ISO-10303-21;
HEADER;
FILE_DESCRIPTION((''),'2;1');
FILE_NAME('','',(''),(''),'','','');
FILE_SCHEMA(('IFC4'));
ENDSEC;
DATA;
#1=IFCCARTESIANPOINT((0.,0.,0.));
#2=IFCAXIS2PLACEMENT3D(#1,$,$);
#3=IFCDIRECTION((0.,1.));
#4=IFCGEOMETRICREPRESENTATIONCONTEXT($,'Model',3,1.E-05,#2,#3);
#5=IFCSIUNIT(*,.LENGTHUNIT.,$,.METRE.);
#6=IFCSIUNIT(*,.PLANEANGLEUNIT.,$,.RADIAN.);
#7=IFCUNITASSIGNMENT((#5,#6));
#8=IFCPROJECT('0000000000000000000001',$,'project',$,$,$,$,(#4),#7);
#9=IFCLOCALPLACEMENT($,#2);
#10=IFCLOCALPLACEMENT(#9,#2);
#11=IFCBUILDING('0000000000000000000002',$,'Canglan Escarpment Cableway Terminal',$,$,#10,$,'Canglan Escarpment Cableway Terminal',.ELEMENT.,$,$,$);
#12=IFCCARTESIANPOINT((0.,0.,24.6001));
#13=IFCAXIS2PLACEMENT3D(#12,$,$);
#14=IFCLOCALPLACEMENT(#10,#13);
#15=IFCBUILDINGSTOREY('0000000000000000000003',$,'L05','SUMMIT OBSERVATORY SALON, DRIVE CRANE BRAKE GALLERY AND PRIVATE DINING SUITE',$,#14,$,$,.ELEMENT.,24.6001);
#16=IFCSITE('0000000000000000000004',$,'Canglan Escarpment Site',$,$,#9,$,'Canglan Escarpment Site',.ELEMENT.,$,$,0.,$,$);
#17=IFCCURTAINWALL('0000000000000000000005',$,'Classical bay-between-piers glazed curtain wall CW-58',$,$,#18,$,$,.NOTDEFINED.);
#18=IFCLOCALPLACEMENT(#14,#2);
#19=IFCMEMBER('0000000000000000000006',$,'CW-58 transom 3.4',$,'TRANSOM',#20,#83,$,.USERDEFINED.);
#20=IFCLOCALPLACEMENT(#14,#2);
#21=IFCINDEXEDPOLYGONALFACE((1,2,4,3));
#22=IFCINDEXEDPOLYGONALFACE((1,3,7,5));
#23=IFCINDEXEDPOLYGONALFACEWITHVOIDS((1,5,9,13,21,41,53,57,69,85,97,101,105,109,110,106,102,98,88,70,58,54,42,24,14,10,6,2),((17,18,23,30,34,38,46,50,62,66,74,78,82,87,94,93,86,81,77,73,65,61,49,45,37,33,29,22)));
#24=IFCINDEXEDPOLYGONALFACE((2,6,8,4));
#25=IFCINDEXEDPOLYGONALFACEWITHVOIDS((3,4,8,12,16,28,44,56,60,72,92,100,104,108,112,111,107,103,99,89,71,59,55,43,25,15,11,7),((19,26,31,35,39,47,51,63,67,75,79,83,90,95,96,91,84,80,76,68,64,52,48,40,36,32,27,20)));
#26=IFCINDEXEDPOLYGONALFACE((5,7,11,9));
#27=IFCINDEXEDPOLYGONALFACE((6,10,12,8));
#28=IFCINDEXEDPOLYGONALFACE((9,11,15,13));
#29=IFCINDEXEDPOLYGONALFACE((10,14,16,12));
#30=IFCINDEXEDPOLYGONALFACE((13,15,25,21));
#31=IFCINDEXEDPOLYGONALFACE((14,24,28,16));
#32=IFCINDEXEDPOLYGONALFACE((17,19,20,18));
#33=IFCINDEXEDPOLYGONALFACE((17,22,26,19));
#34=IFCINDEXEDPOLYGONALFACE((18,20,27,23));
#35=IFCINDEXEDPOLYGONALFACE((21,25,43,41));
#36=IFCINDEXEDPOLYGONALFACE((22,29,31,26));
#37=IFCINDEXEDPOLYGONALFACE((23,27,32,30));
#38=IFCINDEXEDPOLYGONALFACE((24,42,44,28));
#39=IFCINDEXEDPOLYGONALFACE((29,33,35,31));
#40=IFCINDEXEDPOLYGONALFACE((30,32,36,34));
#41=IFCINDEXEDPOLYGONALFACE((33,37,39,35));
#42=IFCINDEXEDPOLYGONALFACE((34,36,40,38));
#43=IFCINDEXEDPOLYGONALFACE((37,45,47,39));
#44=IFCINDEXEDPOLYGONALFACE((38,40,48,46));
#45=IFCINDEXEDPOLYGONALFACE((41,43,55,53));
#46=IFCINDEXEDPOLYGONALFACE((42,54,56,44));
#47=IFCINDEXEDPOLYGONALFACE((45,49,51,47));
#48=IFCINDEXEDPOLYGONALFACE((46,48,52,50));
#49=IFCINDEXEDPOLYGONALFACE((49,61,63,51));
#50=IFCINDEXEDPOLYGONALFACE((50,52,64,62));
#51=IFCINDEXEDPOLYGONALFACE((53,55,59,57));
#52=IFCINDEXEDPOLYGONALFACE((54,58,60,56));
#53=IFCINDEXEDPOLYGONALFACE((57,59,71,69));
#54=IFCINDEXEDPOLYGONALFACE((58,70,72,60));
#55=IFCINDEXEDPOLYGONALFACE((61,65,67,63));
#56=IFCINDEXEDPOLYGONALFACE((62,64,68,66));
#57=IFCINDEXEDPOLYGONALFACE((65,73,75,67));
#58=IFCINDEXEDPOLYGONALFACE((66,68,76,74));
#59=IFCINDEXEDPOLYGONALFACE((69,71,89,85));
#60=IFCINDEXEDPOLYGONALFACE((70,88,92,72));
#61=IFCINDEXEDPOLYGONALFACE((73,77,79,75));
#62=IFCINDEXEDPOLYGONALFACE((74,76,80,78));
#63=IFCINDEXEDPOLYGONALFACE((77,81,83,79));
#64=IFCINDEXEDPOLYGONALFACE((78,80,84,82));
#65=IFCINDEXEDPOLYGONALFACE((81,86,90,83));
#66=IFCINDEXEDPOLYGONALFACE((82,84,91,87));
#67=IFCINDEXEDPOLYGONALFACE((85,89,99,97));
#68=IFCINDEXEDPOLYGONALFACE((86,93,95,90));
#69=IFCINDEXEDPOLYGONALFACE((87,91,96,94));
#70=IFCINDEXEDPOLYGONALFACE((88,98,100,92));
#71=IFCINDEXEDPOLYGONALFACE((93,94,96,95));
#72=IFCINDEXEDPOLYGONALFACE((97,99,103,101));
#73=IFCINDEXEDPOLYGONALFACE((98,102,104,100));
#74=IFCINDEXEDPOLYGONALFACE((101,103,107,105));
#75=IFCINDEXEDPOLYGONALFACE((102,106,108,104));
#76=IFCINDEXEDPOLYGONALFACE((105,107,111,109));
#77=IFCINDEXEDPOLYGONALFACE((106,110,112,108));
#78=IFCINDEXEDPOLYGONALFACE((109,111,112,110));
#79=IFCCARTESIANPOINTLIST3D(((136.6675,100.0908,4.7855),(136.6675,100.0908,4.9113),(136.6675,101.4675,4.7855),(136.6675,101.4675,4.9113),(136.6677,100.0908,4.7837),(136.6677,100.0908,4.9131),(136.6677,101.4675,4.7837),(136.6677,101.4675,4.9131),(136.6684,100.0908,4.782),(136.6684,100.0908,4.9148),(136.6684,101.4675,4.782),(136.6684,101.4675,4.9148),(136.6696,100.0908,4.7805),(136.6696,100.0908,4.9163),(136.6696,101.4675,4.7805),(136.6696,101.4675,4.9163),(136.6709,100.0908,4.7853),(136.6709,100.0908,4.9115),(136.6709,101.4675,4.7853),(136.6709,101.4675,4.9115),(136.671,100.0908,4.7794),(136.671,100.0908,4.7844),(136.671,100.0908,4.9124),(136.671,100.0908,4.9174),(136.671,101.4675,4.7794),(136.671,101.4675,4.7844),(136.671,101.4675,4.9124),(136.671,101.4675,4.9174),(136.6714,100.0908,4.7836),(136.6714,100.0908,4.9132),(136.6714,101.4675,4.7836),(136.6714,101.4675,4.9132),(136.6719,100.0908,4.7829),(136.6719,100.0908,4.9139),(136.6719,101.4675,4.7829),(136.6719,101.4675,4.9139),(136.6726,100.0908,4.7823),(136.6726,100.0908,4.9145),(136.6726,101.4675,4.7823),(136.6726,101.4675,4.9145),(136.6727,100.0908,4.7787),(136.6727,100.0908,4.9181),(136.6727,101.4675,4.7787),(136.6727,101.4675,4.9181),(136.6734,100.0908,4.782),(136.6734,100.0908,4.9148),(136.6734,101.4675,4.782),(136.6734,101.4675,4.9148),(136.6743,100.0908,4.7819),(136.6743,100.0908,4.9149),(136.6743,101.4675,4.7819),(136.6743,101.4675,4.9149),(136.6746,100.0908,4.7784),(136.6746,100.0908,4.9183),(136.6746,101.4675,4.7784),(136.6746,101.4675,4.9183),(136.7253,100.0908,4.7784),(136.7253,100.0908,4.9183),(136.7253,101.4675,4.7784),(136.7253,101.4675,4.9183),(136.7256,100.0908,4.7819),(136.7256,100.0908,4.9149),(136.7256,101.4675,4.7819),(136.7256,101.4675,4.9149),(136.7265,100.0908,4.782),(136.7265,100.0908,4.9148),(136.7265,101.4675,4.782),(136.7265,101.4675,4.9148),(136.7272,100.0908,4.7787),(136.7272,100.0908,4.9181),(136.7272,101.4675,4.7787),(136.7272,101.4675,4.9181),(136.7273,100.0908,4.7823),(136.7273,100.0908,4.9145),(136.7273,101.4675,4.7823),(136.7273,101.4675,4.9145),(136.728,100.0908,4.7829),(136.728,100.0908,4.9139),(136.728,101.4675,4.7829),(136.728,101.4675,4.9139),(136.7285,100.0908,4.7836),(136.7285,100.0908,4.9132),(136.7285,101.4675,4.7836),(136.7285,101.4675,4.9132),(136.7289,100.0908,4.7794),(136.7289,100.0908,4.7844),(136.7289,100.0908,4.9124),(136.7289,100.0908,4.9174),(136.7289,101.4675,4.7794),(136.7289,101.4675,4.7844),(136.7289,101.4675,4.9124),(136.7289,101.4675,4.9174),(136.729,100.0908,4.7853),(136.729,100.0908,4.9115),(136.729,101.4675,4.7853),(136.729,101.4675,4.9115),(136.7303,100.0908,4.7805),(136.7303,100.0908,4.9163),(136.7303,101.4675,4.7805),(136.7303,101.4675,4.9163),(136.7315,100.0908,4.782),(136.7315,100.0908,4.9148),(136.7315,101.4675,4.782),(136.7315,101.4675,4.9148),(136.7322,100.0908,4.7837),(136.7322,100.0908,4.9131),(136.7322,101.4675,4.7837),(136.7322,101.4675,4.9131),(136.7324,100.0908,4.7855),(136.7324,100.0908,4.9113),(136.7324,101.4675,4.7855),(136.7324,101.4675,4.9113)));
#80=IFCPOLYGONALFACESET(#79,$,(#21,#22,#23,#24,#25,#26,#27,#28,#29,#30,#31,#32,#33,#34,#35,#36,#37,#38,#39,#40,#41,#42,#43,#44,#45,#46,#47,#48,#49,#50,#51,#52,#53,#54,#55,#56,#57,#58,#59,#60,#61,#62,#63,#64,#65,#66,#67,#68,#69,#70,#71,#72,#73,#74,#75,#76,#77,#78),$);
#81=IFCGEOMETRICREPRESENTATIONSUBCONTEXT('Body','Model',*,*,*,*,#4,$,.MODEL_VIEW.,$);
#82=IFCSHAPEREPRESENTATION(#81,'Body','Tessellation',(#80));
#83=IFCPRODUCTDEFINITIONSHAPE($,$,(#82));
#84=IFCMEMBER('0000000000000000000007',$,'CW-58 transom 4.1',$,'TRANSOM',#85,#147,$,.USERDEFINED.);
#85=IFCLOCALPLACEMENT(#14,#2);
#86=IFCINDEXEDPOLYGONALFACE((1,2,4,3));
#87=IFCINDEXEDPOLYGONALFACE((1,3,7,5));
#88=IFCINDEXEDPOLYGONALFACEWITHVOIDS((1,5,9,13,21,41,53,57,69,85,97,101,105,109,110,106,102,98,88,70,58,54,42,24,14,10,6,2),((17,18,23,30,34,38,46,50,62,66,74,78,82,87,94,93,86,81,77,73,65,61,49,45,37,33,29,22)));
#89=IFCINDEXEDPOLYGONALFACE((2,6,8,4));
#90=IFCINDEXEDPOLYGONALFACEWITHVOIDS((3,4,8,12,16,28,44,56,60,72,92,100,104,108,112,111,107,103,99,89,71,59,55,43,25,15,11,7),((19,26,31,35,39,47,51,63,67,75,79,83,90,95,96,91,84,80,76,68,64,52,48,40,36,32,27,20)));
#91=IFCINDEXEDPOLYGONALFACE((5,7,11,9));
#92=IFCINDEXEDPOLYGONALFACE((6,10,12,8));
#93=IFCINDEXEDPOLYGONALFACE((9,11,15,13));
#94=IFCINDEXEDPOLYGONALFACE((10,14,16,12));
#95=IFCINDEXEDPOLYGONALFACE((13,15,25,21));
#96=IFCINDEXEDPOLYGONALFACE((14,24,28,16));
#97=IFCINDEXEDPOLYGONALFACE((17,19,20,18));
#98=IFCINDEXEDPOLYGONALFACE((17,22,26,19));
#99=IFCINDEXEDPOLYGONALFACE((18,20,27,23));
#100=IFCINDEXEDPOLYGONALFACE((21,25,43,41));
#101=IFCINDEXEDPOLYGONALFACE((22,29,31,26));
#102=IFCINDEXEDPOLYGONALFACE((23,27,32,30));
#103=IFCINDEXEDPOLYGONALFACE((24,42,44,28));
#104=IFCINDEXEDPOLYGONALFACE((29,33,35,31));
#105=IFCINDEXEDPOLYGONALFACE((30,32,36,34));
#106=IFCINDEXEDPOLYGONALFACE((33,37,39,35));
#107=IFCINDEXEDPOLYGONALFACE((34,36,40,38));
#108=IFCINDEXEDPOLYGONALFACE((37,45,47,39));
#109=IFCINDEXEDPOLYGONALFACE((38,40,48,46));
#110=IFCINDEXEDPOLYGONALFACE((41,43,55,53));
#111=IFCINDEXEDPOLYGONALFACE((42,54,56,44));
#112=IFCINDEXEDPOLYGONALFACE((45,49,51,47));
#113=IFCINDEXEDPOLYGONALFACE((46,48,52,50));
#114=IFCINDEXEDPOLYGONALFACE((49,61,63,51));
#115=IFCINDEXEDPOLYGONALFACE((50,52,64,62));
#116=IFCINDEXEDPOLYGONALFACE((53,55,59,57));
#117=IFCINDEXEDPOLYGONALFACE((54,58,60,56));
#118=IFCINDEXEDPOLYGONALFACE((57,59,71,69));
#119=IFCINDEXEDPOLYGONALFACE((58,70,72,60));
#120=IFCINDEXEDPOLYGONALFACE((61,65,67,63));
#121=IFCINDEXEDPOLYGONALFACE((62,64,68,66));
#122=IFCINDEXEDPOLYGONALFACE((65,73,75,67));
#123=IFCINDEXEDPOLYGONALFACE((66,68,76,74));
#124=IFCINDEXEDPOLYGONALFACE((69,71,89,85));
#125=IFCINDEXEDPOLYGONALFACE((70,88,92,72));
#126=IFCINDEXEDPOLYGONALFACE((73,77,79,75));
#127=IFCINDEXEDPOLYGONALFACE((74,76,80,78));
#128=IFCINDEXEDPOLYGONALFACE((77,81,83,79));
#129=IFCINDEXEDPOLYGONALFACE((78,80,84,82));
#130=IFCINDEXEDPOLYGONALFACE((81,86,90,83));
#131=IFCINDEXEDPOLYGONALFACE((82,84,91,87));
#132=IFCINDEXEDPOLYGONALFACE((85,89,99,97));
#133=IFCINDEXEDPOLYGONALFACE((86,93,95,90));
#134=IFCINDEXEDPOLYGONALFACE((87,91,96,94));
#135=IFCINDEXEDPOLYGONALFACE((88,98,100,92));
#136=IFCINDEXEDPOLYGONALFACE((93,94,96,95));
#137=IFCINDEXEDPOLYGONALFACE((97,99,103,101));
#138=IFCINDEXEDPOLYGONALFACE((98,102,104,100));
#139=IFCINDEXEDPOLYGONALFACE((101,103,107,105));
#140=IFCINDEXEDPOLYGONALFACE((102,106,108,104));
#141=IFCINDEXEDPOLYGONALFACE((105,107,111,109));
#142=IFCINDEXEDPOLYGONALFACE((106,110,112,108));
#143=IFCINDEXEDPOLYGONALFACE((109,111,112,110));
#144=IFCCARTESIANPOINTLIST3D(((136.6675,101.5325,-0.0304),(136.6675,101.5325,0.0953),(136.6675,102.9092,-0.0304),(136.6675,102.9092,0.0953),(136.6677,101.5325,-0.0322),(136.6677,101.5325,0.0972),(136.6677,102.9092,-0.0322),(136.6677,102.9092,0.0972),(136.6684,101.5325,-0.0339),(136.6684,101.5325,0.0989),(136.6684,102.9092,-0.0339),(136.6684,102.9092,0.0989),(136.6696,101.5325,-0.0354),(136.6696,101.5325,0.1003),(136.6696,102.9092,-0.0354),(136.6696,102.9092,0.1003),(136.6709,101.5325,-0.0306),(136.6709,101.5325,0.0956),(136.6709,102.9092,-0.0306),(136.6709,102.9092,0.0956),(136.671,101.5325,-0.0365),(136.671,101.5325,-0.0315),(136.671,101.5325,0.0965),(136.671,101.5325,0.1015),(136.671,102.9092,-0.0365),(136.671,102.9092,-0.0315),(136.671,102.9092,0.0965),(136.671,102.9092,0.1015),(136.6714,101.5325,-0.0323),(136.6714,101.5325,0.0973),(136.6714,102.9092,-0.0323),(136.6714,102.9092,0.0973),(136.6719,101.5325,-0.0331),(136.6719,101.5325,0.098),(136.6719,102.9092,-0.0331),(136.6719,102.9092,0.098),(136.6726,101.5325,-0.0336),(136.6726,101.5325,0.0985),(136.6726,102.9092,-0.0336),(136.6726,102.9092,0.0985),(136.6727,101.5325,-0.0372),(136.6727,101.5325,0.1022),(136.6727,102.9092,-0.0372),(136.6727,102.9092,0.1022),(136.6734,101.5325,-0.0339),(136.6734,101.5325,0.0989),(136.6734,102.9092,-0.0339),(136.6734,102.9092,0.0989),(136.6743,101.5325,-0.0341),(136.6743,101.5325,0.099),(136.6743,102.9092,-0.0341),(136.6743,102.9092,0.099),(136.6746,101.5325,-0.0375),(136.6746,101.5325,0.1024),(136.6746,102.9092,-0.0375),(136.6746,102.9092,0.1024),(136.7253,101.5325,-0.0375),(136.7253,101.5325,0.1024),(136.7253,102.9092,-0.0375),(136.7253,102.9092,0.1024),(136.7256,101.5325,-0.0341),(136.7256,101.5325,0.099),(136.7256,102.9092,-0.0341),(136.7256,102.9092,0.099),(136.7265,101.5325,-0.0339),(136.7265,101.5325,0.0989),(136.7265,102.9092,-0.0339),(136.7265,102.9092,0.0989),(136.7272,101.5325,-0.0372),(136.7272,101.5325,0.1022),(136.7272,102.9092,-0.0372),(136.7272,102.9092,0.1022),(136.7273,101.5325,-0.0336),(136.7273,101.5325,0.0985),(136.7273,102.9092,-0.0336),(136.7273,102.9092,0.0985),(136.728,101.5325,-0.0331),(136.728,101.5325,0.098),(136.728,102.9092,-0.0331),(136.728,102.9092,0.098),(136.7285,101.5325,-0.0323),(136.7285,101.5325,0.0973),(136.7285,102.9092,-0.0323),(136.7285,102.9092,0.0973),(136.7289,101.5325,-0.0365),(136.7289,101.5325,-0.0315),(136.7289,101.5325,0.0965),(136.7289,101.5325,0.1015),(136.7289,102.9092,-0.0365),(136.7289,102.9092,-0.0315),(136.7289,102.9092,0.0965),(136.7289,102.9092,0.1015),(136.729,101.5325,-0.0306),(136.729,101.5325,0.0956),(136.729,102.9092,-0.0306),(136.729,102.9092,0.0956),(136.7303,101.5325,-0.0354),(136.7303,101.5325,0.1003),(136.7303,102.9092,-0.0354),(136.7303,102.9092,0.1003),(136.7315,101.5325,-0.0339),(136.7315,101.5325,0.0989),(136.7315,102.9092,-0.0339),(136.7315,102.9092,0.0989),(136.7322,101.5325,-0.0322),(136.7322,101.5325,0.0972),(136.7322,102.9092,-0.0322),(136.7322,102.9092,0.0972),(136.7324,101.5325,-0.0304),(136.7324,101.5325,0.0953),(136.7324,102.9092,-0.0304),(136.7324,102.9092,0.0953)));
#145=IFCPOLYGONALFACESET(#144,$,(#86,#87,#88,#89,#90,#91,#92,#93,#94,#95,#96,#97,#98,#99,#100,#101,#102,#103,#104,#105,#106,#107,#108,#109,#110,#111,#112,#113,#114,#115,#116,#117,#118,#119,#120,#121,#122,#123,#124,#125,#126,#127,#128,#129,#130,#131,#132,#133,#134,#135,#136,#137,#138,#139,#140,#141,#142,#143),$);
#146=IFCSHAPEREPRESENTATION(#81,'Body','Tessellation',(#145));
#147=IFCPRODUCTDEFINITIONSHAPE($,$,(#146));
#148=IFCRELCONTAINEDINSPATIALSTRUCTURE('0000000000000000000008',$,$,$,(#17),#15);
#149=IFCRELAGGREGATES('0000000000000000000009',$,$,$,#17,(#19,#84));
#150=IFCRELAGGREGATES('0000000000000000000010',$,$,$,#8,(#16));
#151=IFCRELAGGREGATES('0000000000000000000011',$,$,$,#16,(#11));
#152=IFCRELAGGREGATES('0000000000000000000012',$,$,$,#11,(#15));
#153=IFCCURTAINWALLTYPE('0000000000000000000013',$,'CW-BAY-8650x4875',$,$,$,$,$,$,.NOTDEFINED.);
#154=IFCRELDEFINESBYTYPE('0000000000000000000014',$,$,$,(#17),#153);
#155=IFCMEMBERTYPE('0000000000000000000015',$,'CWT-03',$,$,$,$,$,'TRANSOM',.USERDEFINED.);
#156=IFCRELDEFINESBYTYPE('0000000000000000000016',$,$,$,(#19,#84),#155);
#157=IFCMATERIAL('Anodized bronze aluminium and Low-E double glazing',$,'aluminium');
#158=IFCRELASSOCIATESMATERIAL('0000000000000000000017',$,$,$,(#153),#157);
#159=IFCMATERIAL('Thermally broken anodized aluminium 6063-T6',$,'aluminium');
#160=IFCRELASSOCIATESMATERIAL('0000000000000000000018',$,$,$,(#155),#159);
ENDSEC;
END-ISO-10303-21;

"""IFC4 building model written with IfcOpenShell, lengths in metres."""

from ifc_helpers import new_model, si_unit, direction, frame, origin, origin_2d, place, context, subcontext, project, spatial, hollow_rectangle, extrude, material, material_profile, profile_set, type_object, element, aggregate, save


model = new_model("IFC4")

# Units and contexts
model_context = context("Model", 3, precision=1e-05, world=origin(), true_north=direction((0.0, 1.0)))
body_context = subcontext(model_context, "Body", "Model", "MODEL_VIEW")
ifc_project = project(units=[si_unit("LENGTHUNIT", "METRE"), si_unit("PLANEANGLEUNIT", "RADIAN")], contexts=[model_context])

# Site, building, storey
site_placement = place(None, origin())
site = spatial("IfcSite", under=ifc_project, at=site_placement, Name="Canglan Escarpment Site", LongName="Canglan Escarpment Site", CompositionType="ELEMENT", RefElevation=0.0)
building_placement = place(site_placement, origin())
building = spatial("IfcBuilding", under=site, at=building_placement, Name="Canglan Escarpment Cableway Terminal", LongName="Canglan Escarpment Cableway Terminal", CompositionType="ELEMENT")
storey_placement = place(building_placement, frame((0.0, 0.0, 24.6001)))
storey = spatial("IfcBuildingStorey", under=building, at=storey_placement, Name="L05", Description="SUMMIT OBSERVATORY SALON, DRIVE CRANE BRAKE GALLERY AND PRIVATE DINING SUITE", CompositionType="ELEMENT", Elevation=24.6001)

# Curtain wall, members
ifc_material_1 = material(Name="Anodized bronze aluminium and Low-E double glazing", Category="aluminium")
curtain_wall_type = type_object("IfcCurtainWallType", Name="CW-BAY-8650x4875", PredefinedType="NOTDEFINED", material=ifc_material_1)
curtain_wall_placement = place(storey_placement, origin())
curtain_wall = element("IfcCurtainWall", 1, at=curtain_wall_placement, inside=storey, type_object=curtain_wall_type, Name="Classical bay-between-piers glazed curtain wall CW-58", PredefinedType="NOTDEFINED")
ifc_material_2 = material(Name="Thermally broken anodized aluminium 6063-T6", Category="aluminium")
ifc_material_profile_1 = material_profile(ifc_material_2, hollow_rectangle(XDim=0.0649, YDim=0.1399, WallThickness=0.0034, InnerFilletRadius=0.0034, OuterFilletRadius=0.0071, at=origin_2d()), Name="ALU-TRAN 65x140x3.5")
ifc_profile_set_1 = profile_set([ifc_material_profile_1], Name="Thermally broken anodized aluminium 6063-T6")
member_type_1 = type_object("IfcMemberType", Name="CWT-03", ElementType="TRANSOM", PredefinedType="USERDEFINED", material=ifc_profile_set_1)
member_1_placement = place(storey_placement, frame((136.7, 100.0908, 4.8484), z_axis=(0.0, 1.0, 0.0), x_axis=(-1.0, 0.0, 0.0)))
member_1 = element("IfcMember", 2, at=member_1_placement, type_object=member_type_1, Name="CW-58 transom 3.4", ObjectType="TRANSOM", PredefinedType="USERDEFINED", context=body_context, shape_type="SweptSolid", body=[
    extrude(hollow_rectangle(XDim=0.0649, YDim=0.1399, WallThickness=0.0034, InnerFilletRadius=0.0034, OuterFilletRadius=0.0071, at=origin_2d()), origin(), (0.0, 0.0, 1.0), 1.3767),
])
member_2_placement = place(storey_placement, frame((136.7, 101.5325, 0.0325), z_axis=(0.0, 1.0, 0.0), x_axis=(-1.0, 0.0, 0.0)))
member_2 = element("IfcMember", 3, at=member_2_placement, type_object=member_type_1, Name="CW-58 transom 4.1", ObjectType="TRANSOM", PredefinedType="USERDEFINED", context=body_context, shape_type="SweptSolid", body=[
    extrude(hollow_rectangle(XDim=0.0649, YDim=0.1399, WallThickness=0.0034, InnerFilletRadius=0.0034, OuterFilletRadius=0.0071, at=origin_2d()), origin(), (0.0, 0.0, 1.0), 1.3767),
])
aggregate(curtain_wall, [member_1, member_2])

save(model, "model.ifc")
